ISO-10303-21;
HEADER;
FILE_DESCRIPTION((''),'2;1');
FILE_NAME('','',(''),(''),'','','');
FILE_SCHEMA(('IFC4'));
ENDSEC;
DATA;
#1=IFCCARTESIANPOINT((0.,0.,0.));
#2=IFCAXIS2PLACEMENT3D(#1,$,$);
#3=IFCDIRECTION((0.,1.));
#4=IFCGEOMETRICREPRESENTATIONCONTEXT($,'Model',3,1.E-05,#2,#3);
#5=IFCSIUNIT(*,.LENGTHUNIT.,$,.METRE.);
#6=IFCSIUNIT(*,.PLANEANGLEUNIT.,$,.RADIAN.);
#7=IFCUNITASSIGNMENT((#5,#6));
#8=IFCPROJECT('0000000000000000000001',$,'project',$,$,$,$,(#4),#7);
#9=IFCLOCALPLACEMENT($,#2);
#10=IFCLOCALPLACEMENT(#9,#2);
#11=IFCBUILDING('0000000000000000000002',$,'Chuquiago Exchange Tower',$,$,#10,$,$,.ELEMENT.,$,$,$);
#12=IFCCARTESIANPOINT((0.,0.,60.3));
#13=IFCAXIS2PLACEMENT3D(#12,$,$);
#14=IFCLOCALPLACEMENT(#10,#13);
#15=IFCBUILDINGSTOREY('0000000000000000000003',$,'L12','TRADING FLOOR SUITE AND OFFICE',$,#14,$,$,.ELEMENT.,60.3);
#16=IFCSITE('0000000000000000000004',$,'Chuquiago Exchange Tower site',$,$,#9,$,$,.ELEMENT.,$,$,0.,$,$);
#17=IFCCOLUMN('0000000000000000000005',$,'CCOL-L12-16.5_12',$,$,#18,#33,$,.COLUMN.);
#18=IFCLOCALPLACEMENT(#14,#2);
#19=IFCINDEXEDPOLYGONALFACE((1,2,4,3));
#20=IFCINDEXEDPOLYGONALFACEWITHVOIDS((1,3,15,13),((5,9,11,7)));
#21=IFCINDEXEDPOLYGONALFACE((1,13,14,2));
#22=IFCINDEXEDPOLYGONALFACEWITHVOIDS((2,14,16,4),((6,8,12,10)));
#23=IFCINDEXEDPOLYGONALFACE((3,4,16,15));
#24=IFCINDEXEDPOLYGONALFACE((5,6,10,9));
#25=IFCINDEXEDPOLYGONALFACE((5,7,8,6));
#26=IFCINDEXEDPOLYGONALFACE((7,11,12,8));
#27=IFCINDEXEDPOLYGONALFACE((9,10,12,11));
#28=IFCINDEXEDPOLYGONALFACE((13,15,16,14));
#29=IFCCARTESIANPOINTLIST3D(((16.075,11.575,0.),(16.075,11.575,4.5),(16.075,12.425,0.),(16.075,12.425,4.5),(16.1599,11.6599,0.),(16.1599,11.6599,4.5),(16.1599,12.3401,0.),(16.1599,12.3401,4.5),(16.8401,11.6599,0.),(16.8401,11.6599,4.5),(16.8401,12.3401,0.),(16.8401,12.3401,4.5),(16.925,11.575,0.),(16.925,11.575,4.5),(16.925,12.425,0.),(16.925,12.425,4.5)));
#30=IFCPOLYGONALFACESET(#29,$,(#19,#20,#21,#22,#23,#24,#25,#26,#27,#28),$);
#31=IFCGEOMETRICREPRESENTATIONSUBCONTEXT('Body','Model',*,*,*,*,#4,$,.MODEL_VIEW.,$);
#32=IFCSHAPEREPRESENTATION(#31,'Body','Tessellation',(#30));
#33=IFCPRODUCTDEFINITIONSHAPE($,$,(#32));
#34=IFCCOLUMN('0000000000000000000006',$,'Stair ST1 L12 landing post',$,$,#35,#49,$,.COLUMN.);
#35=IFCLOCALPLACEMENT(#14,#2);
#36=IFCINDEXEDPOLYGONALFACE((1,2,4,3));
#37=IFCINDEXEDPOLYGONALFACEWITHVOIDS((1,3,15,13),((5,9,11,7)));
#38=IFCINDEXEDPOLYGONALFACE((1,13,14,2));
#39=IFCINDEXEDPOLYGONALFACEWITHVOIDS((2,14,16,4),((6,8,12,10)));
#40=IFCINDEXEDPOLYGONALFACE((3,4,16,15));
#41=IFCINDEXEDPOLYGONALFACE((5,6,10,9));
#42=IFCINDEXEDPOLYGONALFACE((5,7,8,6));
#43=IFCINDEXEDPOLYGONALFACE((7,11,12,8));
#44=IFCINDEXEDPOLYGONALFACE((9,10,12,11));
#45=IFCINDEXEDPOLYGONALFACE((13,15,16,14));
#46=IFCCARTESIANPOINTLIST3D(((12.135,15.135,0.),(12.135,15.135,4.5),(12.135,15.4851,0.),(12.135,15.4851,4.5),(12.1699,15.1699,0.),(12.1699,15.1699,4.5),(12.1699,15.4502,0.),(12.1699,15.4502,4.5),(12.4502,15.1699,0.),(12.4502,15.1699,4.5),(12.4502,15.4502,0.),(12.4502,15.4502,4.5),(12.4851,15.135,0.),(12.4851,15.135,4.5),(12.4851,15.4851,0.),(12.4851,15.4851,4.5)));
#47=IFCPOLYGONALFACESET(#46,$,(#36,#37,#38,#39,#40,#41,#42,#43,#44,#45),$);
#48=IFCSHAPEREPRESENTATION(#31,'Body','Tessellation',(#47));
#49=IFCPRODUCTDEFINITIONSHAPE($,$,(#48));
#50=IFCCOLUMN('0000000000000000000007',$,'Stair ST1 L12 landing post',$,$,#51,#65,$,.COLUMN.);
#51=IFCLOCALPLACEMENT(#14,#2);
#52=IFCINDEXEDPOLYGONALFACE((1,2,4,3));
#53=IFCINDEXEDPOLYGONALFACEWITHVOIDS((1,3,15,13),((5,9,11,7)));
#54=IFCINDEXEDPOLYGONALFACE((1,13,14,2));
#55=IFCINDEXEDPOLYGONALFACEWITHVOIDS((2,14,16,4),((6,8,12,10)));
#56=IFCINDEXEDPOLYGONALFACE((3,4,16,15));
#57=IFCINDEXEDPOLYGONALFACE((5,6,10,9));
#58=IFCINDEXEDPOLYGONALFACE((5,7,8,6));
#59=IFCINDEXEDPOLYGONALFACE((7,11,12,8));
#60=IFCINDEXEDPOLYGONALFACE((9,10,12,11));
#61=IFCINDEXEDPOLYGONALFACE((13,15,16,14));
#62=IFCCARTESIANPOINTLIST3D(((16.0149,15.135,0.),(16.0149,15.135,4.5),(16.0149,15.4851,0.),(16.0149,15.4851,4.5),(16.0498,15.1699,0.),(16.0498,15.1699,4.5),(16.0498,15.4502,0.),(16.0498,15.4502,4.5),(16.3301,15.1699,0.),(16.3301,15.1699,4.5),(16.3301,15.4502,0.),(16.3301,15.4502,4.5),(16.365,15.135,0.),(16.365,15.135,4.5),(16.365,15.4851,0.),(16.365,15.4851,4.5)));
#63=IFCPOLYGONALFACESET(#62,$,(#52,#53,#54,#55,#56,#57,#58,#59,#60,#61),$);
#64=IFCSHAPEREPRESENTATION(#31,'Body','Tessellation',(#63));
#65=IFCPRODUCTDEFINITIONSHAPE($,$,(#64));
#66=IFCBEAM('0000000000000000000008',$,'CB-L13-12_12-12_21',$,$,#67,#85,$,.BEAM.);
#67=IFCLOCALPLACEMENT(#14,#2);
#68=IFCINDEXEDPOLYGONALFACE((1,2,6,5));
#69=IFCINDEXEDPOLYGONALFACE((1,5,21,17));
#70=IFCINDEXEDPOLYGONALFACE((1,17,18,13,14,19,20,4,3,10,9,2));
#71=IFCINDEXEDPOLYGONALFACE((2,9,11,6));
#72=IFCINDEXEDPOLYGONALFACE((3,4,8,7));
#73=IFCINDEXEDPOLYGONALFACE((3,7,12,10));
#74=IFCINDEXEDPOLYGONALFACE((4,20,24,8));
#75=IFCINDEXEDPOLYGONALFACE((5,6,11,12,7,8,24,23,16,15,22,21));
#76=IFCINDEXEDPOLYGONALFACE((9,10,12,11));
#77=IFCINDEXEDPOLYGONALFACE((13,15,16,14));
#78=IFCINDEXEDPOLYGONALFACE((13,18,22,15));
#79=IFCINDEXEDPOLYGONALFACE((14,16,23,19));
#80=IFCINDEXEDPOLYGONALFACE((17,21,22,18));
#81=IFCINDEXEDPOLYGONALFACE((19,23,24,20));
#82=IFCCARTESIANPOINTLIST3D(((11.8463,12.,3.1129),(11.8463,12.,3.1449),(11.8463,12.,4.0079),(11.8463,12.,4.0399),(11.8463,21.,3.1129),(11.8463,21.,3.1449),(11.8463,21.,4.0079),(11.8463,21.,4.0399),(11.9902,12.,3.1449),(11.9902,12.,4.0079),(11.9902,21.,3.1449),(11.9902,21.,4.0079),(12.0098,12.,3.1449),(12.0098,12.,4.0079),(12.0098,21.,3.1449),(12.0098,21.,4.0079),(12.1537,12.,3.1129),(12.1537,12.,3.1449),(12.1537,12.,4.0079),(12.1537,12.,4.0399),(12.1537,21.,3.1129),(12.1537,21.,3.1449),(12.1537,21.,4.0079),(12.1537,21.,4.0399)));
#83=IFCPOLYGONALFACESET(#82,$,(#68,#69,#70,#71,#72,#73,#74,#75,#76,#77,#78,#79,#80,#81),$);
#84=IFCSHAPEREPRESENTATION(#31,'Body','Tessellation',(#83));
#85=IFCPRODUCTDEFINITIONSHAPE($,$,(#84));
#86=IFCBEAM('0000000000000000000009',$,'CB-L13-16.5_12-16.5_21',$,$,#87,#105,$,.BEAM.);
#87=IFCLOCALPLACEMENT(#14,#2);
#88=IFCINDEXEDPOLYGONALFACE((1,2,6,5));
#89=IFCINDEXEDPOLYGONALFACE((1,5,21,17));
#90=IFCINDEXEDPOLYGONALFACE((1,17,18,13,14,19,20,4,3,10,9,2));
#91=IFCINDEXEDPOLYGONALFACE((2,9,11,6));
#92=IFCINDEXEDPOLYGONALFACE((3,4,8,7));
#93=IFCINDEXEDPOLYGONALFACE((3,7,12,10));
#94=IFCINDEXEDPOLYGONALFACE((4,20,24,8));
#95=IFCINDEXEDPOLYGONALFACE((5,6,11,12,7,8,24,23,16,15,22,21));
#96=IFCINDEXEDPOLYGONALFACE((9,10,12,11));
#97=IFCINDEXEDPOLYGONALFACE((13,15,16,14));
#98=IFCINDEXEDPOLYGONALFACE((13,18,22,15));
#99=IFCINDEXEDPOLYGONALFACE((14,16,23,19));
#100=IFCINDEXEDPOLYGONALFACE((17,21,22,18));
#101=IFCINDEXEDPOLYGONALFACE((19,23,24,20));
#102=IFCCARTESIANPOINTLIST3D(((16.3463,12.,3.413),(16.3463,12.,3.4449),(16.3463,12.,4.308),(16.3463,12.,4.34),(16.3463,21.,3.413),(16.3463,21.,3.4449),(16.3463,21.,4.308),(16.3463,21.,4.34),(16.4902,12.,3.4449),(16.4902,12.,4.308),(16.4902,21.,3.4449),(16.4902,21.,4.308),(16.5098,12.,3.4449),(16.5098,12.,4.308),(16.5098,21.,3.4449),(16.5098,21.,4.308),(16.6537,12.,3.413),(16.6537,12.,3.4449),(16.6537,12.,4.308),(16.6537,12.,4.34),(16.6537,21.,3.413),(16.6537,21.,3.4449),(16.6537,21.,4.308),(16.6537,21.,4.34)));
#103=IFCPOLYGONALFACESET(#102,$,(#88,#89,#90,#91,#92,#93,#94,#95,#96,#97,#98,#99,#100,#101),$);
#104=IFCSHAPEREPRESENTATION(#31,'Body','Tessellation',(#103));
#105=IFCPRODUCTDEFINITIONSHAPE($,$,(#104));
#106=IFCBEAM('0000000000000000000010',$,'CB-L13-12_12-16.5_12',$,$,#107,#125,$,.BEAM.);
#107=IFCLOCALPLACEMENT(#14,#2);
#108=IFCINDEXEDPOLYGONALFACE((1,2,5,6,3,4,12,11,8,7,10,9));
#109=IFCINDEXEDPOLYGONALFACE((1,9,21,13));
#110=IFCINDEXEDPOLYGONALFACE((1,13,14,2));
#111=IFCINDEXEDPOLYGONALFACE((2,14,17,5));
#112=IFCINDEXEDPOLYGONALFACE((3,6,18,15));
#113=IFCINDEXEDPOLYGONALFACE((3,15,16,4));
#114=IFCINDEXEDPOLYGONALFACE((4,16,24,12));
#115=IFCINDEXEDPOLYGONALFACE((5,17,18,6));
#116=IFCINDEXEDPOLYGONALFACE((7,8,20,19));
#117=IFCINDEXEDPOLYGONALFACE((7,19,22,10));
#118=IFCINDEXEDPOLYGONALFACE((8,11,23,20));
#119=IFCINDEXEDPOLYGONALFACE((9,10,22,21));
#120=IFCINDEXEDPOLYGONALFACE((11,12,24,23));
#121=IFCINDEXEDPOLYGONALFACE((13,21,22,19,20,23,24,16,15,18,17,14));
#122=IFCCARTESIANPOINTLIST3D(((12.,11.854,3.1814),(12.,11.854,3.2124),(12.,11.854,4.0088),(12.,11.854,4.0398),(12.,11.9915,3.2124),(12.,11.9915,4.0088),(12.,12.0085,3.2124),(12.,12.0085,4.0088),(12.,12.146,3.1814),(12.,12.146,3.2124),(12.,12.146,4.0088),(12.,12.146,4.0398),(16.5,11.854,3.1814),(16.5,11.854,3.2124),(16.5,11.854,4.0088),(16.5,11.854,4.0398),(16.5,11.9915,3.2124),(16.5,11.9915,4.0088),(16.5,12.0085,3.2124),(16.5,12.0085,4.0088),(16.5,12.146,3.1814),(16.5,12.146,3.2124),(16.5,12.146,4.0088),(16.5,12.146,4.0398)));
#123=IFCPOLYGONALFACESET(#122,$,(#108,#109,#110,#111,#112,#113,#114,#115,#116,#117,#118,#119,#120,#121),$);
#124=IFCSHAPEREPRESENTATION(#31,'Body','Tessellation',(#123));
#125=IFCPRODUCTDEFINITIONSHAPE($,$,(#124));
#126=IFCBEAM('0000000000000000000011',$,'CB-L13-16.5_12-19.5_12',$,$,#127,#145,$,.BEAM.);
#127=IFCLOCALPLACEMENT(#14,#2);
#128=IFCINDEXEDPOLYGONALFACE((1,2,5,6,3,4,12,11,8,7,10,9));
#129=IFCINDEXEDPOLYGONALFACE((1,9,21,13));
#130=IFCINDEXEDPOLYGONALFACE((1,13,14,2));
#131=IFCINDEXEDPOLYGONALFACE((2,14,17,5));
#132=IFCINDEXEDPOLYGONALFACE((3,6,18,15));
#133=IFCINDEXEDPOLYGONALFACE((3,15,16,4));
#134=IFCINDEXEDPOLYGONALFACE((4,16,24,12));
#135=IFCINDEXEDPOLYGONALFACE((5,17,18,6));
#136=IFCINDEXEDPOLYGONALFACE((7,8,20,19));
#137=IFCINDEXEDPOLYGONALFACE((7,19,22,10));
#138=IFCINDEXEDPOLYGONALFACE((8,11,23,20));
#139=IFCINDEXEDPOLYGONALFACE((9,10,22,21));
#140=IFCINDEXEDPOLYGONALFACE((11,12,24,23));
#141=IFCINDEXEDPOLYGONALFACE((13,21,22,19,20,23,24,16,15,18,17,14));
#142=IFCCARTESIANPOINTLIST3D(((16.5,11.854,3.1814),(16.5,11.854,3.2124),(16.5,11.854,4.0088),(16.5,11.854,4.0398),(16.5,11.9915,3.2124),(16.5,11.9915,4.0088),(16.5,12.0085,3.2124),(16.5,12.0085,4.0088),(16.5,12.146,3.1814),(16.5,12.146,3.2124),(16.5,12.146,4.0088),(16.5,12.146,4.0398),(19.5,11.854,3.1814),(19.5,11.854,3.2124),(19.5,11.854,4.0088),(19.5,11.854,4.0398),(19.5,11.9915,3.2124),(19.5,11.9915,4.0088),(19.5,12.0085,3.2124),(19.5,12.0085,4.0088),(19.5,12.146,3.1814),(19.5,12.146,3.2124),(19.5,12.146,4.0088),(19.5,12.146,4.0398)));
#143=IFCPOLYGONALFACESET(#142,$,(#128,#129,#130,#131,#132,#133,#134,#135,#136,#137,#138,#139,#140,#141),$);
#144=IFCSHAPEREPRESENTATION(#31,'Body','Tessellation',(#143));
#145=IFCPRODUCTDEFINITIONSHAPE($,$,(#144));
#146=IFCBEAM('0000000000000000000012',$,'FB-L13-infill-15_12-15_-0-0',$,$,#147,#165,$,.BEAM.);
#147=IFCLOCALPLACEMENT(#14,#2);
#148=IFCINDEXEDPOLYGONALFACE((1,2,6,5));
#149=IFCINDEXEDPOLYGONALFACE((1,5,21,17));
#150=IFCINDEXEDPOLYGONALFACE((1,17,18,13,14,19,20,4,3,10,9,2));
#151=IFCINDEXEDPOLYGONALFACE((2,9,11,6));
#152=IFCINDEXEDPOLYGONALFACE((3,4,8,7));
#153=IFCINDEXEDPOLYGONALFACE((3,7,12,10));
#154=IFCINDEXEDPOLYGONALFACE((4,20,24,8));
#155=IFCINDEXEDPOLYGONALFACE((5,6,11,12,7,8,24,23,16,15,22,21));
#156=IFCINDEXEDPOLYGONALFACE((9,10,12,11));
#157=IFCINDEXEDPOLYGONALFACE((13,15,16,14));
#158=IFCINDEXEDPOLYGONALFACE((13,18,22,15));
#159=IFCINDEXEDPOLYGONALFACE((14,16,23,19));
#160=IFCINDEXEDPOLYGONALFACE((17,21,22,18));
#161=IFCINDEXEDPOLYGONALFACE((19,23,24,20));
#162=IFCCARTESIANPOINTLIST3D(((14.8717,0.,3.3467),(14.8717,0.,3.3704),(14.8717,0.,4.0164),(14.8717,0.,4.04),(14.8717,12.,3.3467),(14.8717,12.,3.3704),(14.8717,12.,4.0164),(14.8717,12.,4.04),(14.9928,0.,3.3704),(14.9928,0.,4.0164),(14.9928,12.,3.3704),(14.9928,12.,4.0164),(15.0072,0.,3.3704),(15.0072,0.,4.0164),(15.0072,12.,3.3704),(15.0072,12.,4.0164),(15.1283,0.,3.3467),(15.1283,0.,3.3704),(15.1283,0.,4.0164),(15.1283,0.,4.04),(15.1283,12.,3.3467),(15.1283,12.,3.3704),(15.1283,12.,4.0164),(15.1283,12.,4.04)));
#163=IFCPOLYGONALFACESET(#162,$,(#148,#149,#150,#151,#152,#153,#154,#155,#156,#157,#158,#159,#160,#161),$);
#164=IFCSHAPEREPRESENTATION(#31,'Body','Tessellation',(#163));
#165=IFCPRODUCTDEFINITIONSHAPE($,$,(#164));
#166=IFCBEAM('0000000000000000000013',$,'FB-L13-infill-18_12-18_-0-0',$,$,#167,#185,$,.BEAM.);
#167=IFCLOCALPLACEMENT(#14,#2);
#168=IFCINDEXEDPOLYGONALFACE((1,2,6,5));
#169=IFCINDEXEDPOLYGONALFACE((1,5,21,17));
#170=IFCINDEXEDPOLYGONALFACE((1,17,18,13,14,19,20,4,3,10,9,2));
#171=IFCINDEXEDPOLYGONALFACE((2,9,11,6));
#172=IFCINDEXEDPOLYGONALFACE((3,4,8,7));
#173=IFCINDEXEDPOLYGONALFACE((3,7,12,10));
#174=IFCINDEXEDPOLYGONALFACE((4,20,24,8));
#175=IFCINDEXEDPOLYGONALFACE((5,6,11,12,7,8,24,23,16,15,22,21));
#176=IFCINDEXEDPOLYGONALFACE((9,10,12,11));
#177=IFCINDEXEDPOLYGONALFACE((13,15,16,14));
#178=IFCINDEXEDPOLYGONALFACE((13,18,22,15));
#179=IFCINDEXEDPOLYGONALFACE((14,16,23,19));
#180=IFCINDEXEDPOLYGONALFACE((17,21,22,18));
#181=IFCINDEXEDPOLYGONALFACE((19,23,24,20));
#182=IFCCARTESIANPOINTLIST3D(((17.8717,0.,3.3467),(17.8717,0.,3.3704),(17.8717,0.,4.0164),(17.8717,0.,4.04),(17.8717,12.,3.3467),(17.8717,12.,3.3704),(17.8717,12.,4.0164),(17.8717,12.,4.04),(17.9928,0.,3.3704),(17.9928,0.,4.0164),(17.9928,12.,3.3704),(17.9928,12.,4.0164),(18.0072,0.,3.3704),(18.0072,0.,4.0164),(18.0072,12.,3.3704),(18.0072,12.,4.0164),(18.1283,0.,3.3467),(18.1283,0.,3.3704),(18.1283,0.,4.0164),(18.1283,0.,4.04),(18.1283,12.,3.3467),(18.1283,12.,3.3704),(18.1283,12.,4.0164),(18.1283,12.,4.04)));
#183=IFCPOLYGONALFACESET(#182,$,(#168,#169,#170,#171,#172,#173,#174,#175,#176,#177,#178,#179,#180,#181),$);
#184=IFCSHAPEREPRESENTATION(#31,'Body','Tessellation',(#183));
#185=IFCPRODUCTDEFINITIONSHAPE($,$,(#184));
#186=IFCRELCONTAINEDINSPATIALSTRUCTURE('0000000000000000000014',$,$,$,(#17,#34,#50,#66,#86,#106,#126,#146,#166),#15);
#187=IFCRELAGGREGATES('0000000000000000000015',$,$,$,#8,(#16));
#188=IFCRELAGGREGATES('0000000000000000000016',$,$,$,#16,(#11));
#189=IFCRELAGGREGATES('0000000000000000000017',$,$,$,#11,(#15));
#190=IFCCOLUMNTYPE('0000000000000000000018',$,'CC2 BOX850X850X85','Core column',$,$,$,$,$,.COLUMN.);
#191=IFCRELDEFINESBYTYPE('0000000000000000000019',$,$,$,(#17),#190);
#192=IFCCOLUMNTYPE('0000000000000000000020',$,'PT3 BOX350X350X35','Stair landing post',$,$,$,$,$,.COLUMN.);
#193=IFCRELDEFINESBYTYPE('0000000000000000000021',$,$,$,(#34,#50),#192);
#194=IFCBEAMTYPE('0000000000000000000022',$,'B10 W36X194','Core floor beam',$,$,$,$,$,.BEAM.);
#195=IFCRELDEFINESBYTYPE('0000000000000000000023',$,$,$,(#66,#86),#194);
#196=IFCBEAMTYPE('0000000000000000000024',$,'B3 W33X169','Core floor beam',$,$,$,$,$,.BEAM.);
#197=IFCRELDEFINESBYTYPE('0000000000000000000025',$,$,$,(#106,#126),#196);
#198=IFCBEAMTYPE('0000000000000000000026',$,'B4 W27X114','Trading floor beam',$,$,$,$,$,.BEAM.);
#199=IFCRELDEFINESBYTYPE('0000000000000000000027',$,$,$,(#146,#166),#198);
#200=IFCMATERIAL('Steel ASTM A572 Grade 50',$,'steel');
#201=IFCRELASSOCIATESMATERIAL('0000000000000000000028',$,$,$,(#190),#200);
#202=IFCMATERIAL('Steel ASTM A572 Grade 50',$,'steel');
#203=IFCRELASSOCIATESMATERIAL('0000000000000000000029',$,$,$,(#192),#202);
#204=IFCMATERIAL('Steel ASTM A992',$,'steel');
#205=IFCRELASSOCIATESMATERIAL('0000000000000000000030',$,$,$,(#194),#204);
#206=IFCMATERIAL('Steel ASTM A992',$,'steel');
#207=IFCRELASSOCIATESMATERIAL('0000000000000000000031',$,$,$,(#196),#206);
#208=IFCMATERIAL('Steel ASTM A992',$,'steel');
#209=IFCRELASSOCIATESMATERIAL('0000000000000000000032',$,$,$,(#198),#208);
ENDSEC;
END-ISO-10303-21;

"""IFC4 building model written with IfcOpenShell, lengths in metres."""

from ifc_helpers import new_model, si_unit, direction, frame, origin, origin_2d, place, context, subcontext, project, spatial, hollow_rectangle, i_section, extrude, material, material_profile, profile_set, type_object, element, save


model = new_model("IFC4")

# Units and contexts
model_context = context("Model", 3, precision=1e-05, world=origin(), true_north=direction((0.0, 1.0)))
body_context = subcontext(model_context, "Body", "Model", "MODEL_VIEW")
ifc_project = project(units=[si_unit("LENGTHUNIT", "METRE"), si_unit("PLANEANGLEUNIT", "RADIAN")], contexts=[model_context])

# Site, building, storey
site_placement = place(None, origin())
site = spatial("IfcSite", under=ifc_project, at=site_placement, Name="Chuquiago Exchange Tower site", CompositionType="ELEMENT", RefElevation=0.0)
building_placement = place(site_placement, origin())
building = spatial("IfcBuilding", under=site, at=building_placement, Name="Chuquiago Exchange Tower", CompositionType="ELEMENT")
storey_placement = place(building_placement, frame((0.0, 0.0, 60.3)))
storey = spatial("IfcBuildingStorey", under=building, at=storey_placement, Name="L12", Description="TRADING FLOOR SUITE AND OFFICE", CompositionType="ELEMENT", Elevation=60.3)

# Columns
ifc_material_1 = material(Name="Steel ASTM A572 Grade 50", Category="steel")
ifc_material_profile_1 = material_profile(ifc_material_1, hollow_rectangle(XDim=0.8501, YDim=0.8501, WallThickness=0.085, at=origin_2d()), Name="BOX850X850X85")
ifc_profile_set_1 = profile_set([ifc_material_profile_1], Name="Steel ASTM A572 Grade 50")
column_type_1 = type_object("IfcColumnType", Name="CC2 BOX850X850X85", Description="Core column", PredefinedType="COLUMN", material=ifc_profile_set_1)
column_placement = place(storey_placement, frame((16.5, 12.0, 0.0), z_axis=(0.0, 0.0, 1.0), x_axis=(1.0, 0.0, 0.0)))
element("IfcColumn", 1, at=column_placement, inside=storey, type_object=column_type_1, Name="CCOL-L12-16.5_12", PredefinedType="COLUMN", context=body_context, shape_type="SweptSolid", body=[
    extrude(hollow_rectangle(XDim=0.8501, YDim=0.8501, WallThickness=0.085, at=origin_2d()), origin(), (0.0, 0.0, 1.0), 4.5),
])
ifc_material_2 = material(Name="Steel ASTM A572 Grade 50", Category="steel")
ifc_material_profile_2 = material_profile(ifc_material_2, hollow_rectangle(XDim=0.3501, YDim=0.3501, WallThickness=0.0349, at=origin_2d()), Name="BOX350X350X35")
ifc_profile_set_2 = profile_set([ifc_material_profile_2], Name="Steel ASTM A572 Grade 50")
column_type_2 = type_object("IfcColumnType", Name="PT3 BOX350X350X35", Description="Stair landing post", PredefinedType="COLUMN", material=ifc_profile_set_2)
for number, where, z_axis, x_axis, name in (
    (2, (12.3101, 15.3101, 0.0), (0.0, 0.0, 1.0), (1.0, 0.0, 0.0), "Stair ST1 L12 landing post"),
    (3, (16.1899, 15.3101, 0.0), (0.0, 0.0, 1.0), (1.0, 0.0, 0.0), "Stair ST1 L12 landing post"),
):
    element("IfcColumn", number, at=place(storey_placement, frame(where, z_axis=z_axis, x_axis=x_axis)), inside=storey, type_object=column_type_2, Name=name, PredefinedType="COLUMN", context=body_context, shape_type="SweptSolid", body=[
        extrude(hollow_rectangle(XDim=0.3501, YDim=0.3501, WallThickness=0.0349, at=origin_2d()), origin(), (0.0, 0.0, 1.0), 4.5),
    ])

# Beams
ifc_material_3 = material(Name="Steel ASTM A992", Category="steel")
ifc_material_profile_3 = material_profile(ifc_material_3, i_section(OverallWidth=0.3074, OverallDepth=0.927, WebThickness=0.0195, FlangeThickness=0.032, at=origin_2d()), Name="W36X194")
ifc_profile_set_3 = profile_set([ifc_material_profile_3], Name="Steel ASTM A992")
beam_type_1 = type_object("IfcBeamType", Name="B10 W36X194", Description="Core floor beam", PredefinedType="BEAM", material=ifc_profile_set_3)
for number, where, z_axis, x_axis, name in (
    (4, (12.0, 12.0, 3.5764), (0.0, 1.0, 0.0), (-1.0, 0.0, 0.0), "CB-L13-12_12-12_21"),
    (5, (16.5, 12.0, 3.8765), (0.0, 1.0, 0.0), (-1.0, 0.0, 0.0), "CB-L13-16.5_12-16.5_21"),
):
    element("IfcBeam", number, at=place(storey_placement, frame(where, z_axis=z_axis, x_axis=x_axis)), inside=storey, type_object=beam_type_1, Name=name, PredefinedType="BEAM", context=body_context, shape_type="SweptSolid", body=[
        extrude(i_section(OverallWidth=0.3074, OverallDepth=0.927, WebThickness=0.0195, FlangeThickness=0.032, at=origin_2d()), origin(), (0.0, 0.0, 1.0), 9.0),
    ])
ifc_material_4 = material(Name="Steel ASTM A992", Category="steel")
ifc_material_profile_4 = material_profile(ifc_material_4, i_section(OverallWidth=0.292, OverallDepth=0.8584, WebThickness=0.0171, FlangeThickness=0.031, at=origin_2d()), Name="W33X169")
ifc_profile_set_4 = profile_set([ifc_material_profile_4], Name="Steel ASTM A992")
beam_type_2 = type_object("IfcBeamType", Name="B3 W33X169", Description="Core floor beam", PredefinedType="BEAM", material=ifc_profile_set_4)
beam_1_placement = place(storey_placement, frame((12.0, 12.0, 3.6106), z_axis=(1.0, 0.0, 0.0), x_axis=(0.0, 1.0, 0.0)))
element("IfcBeam", 6, at=beam_1_placement, inside=storey, type_object=beam_type_2, Name="CB-L13-12_12-16.5_12", PredefinedType="BEAM", context=body_context, shape_type="SweptSolid", body=[
    extrude(i_section(OverallWidth=0.292, OverallDepth=0.8584, WebThickness=0.0171, FlangeThickness=0.031, at=origin_2d()), origin(), (0.0, 0.0, 1.0), 4.5),
])
beam_2_placement = place(storey_placement, frame((16.5, 12.0, 3.6106), z_axis=(1.0, 0.0, 0.0), x_axis=(0.0, 1.0, 0.0)))
element("IfcBeam", 7, at=beam_2_placement, inside=storey, type_object=beam_type_2, Name="CB-L13-16.5_12-19.5_12", PredefinedType="BEAM", context=body_context, shape_type="SweptSolid", body=[
    extrude(i_section(OverallWidth=0.292, OverallDepth=0.8584, WebThickness=0.0171, FlangeThickness=0.031, at=origin_2d()), origin(), (0.0, 0.0, 1.0), 3.0),
])
ifc_material_5 = material(Name="Steel ASTM A992", Category="steel")
ifc_material_profile_5 = material_profile(ifc_material_5, i_section(OverallWidth=0.2566, OverallDepth=0.6934, WebThickness=0.0144, FlangeThickness=0.0237, at=origin_2d()), Name="W27X114")
ifc_profile_set_5 = profile_set([ifc_material_profile_5], Name="Steel ASTM A992")
beam_type_3 = type_object("IfcBeamType", Name="B4 W27X114", Description="Trading floor beam", PredefinedType="BEAM", material=ifc_profile_set_5)
for number, where, z_axis, x_axis, name in (
    (8, (15.0, 12.0, 3.6934), (0.0, -1.0, 0.0), (1.0, 0.0, 0.0), "FB-L13-infill-15_12-15_-0-0"),
    (9, (18.0, 12.0, 3.6934), (0.0, -1.0, 0.0), (1.0, 0.0, 0.0), "FB-L13-infill-18_12-18_-0-0"),
):
    element("IfcBeam", number, at=place(storey_placement, frame(where, z_axis=z_axis, x_axis=x_axis)), inside=storey, type_object=beam_type_3, Name=name, PredefinedType="BEAM", context=body_context, shape_type="SweptSolid", body=[
        extrude(i_section(OverallWidth=0.2566, OverallDepth=0.6934, WebThickness=0.0144, FlangeThickness=0.0237, at=origin_2d()), origin(), (0.0, 0.0, 1.0), 12.0),
    ])

save(model, "model.ifc")
